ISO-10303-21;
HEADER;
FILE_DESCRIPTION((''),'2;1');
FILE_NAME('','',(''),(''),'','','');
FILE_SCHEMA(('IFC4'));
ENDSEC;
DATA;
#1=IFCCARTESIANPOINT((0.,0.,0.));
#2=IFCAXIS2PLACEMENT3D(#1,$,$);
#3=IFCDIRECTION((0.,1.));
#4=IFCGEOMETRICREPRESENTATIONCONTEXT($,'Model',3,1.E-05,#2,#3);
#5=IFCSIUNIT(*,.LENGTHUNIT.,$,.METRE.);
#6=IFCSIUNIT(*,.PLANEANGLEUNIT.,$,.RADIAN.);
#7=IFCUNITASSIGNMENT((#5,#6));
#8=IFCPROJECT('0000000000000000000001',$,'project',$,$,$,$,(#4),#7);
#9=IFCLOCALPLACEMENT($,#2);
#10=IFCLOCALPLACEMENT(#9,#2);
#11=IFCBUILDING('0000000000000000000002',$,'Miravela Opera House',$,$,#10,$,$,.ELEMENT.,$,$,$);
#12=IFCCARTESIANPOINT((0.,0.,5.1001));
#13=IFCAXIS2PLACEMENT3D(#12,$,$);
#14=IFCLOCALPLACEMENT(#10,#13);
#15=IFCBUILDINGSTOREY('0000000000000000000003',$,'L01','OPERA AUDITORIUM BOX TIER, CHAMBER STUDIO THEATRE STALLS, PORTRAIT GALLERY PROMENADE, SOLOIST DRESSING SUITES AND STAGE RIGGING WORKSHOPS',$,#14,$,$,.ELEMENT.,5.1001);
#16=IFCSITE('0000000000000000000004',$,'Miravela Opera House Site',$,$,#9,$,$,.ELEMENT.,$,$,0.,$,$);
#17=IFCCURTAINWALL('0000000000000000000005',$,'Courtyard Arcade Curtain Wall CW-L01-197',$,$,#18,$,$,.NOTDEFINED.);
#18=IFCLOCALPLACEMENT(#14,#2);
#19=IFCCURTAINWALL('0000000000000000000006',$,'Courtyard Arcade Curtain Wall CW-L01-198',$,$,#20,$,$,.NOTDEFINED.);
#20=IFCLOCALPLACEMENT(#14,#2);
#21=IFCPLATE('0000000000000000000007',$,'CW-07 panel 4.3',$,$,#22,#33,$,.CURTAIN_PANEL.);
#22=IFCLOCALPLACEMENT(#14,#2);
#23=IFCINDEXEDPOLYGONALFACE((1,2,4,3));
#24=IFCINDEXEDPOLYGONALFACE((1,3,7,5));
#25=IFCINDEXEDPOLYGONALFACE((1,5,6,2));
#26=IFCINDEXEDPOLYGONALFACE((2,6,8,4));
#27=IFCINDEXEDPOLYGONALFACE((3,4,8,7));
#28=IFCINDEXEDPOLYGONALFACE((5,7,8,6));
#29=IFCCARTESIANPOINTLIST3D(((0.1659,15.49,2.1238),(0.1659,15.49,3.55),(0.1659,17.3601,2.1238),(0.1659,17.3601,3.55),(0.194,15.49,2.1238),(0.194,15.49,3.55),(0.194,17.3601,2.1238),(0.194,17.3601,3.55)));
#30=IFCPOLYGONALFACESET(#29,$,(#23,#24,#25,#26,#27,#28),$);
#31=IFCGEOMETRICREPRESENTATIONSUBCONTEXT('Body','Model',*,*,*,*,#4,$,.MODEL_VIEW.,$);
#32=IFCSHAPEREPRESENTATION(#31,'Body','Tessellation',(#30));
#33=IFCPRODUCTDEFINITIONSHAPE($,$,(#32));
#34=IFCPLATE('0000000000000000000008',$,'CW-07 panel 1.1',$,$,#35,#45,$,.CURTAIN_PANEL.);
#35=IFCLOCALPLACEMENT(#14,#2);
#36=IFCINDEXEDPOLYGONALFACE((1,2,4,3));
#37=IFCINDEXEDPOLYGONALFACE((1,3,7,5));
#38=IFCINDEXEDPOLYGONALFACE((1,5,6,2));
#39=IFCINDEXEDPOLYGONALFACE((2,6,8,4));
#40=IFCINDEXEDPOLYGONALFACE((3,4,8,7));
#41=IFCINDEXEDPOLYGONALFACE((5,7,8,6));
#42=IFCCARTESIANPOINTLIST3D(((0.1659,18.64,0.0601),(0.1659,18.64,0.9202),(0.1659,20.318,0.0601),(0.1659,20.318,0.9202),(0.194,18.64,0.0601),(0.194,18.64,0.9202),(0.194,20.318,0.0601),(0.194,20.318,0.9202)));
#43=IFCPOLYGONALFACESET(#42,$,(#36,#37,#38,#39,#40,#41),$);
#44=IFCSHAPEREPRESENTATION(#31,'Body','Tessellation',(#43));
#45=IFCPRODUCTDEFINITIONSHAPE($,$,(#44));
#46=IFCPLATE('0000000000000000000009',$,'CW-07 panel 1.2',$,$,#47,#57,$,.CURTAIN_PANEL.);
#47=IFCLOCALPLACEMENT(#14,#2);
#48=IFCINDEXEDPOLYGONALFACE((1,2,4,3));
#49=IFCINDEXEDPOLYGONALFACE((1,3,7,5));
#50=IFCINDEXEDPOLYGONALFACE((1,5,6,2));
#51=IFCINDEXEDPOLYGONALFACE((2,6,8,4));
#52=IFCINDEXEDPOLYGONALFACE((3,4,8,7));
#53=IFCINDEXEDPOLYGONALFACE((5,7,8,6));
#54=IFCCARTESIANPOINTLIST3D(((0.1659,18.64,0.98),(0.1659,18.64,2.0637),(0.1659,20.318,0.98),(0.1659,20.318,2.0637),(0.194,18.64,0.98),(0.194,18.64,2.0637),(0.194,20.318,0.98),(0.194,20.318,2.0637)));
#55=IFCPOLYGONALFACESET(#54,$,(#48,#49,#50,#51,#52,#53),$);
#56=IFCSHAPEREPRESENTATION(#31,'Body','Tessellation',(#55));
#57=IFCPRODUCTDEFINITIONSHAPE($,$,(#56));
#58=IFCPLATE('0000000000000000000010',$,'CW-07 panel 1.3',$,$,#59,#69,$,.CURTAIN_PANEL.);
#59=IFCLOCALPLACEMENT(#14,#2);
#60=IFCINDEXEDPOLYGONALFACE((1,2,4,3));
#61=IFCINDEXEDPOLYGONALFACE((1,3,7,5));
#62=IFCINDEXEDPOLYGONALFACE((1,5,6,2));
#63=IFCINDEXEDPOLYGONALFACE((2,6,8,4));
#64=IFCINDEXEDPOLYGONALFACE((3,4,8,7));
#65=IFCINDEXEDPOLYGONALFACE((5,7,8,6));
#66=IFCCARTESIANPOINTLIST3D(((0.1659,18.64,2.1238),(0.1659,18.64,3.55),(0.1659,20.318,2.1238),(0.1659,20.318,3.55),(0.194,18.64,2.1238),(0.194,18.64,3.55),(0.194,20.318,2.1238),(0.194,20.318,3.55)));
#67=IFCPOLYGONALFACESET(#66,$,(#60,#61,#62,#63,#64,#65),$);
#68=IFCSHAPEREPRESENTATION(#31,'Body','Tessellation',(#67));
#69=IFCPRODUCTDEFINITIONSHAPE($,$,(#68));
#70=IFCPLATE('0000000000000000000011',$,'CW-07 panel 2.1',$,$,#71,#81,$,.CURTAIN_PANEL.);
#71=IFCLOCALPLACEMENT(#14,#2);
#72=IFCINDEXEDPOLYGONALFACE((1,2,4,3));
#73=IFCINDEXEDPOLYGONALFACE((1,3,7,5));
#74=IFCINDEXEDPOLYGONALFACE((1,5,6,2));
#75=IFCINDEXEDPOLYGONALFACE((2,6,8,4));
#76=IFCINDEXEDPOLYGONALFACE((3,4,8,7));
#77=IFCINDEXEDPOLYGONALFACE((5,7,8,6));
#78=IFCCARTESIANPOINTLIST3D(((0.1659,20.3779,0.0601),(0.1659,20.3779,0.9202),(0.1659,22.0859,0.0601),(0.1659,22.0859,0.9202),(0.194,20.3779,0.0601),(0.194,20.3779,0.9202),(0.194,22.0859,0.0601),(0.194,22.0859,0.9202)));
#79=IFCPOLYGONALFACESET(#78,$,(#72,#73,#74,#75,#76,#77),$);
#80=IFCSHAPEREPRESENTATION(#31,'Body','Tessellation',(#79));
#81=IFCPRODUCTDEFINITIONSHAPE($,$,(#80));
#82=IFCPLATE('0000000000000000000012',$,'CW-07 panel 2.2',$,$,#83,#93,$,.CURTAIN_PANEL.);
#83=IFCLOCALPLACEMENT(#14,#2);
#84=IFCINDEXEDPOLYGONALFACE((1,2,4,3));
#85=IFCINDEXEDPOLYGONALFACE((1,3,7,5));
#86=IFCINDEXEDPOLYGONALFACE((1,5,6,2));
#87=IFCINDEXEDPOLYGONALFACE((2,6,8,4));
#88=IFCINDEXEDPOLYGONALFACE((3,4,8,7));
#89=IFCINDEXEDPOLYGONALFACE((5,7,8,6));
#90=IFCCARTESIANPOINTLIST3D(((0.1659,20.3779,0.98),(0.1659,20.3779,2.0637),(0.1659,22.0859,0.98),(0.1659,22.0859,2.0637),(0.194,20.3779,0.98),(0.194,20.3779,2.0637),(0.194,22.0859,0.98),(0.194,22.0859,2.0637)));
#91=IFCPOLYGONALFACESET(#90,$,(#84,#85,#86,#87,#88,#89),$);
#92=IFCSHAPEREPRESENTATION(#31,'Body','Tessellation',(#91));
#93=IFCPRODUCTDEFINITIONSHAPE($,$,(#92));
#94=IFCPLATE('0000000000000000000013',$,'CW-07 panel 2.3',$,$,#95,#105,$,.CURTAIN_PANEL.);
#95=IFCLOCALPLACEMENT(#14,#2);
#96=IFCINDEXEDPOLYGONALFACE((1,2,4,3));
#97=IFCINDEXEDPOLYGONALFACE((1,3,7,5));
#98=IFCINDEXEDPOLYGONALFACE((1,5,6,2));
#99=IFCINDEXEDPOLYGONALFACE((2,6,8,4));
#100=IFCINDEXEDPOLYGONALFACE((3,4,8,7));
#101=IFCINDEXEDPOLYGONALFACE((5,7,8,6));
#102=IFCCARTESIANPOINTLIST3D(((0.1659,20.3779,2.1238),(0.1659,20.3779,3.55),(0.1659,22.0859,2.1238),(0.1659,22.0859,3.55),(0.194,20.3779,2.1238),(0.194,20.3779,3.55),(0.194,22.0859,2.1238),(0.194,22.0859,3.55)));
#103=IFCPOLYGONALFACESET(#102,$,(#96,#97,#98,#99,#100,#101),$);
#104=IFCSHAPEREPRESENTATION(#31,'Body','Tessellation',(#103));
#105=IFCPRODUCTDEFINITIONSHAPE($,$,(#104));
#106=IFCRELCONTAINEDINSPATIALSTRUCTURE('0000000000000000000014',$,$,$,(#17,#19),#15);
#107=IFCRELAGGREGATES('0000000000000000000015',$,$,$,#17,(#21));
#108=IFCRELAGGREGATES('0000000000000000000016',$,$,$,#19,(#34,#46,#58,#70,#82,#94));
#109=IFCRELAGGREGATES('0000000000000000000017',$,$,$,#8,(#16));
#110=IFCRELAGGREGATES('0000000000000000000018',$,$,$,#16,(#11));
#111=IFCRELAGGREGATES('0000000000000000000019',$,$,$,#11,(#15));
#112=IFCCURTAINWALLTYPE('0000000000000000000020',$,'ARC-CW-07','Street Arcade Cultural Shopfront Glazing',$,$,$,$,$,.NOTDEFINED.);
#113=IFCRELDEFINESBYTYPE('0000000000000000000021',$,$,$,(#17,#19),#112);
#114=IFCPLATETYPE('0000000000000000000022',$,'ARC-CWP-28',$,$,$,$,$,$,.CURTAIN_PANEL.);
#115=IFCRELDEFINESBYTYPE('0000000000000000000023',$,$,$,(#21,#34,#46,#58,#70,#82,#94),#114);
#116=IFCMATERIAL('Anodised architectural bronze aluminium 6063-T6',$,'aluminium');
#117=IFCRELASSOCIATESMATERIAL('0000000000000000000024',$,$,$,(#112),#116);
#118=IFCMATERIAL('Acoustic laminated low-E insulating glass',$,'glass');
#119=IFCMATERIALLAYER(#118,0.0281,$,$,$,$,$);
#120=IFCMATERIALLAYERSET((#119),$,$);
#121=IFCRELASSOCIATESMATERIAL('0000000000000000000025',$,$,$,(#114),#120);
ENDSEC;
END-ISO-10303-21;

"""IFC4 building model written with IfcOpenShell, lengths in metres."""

from ifc_helpers import new_model, si_unit, direction, frame, origin, origin_2d, place, context, subcontext, project, spatial, rectangle, extrude, material, layer, layer_set, type_object, element, aggregate, save


model = new_model("IFC4")

# Units and contexts
model_context = context("Model", 3, precision=1e-05, world=origin(), true_north=direction((0.0, 1.0)))
body_context = subcontext(model_context, "Body", "Model", "MODEL_VIEW")
ifc_project = project(units=[si_unit("LENGTHUNIT", "METRE"), si_unit("PLANEANGLEUNIT", "RADIAN")], contexts=[model_context])

# Site, building, storey
site_placement = place(None, origin())
site = spatial("IfcSite", under=ifc_project, at=site_placement, Name="Miravela Opera House Site", CompositionType="ELEMENT", RefElevation=0.0)
building_placement = place(site_placement, origin())
building = spatial("IfcBuilding", under=site, at=building_placement, Name="Miravela Opera House", CompositionType="ELEMENT")
storey_placement = place(building_placement, frame((0.0, 0.0, 5.1001)))
storey = spatial("IfcBuildingStorey", under=building, at=storey_placement, Name="L01", Description="OPERA AUDITORIUM BOX TIER, CHAMBER STUDIO THEATRE STALLS, PORTRAIT GALLERY PROMENADE, SOLOIST DRESSING SUITES AND STAGE RIGGING WORKSHOPS", CompositionType="ELEMENT", Elevation=5.1001)

# Curtain wall
ifc_material_1 = material(Name="Anodised architectural bronze aluminium 6063-T6", Category="aluminium")
curtain_wall_type = type_object("IfcCurtainWallType", Name="ARC-CW-07", Description="Street Arcade Cultural Shopfront Glazing", PredefinedType="NOTDEFINED", material=ifc_material_1)
curtain_wall_1_placement = place(storey_placement, origin())
curtain_wall_1 = element("IfcCurtainWall", 1, at=curtain_wall_1_placement, inside=storey, type_object=curtain_wall_type, Name="Courtyard Arcade Curtain Wall CW-L01-197", PredefinedType="NOTDEFINED")

# Curtain wall
curtain_wall_2_placement = place(storey_placement, origin())
curtain_wall_2 = element("IfcCurtainWall", 2, at=curtain_wall_2_placement, inside=storey, type_object=curtain_wall_type, Name="Courtyard Arcade Curtain Wall CW-L01-198", PredefinedType="NOTDEFINED")

# Plates
ifc_material_2 = material(Name="Acoustic laminated low-E insulating glass", Category="glass")
ifc_layer = layer(ifc_material_2, 0.0281)
ifc_layer_set = layer_set([ifc_layer])
plate_type = type_object("IfcPlateType", Name="ARC-CWP-28", PredefinedType="CURTAIN_PANEL", material=ifc_layer_set)
plate_1_placement = place(storey_placement, frame((0.1799, 16.425, 2.1238), z_axis=(0.0, 0.0, 1.0), x_axis=(0.0, 1.0, 0.0)))
plate_1 = element("IfcPlate", 3, at=plate_1_placement, type_object=plate_type, Name="CW-07 panel 4.3", PredefinedType="CURTAIN_PANEL", context=body_context, shape_type="SweptSolid", body=[
    extrude(rectangle(XDim=1.8701, YDim=0.0281, at=origin_2d()), origin(), (0.0, 0.0, 1.0), 1.4263),
])
aggregate(curtain_wall_1, [plate_1])
plate_2_placement = place(storey_placement, frame((0.1799, 19.479, 0.0601), z_axis=(0.0, 0.0, 1.0), x_axis=(0.0, 1.0, 0.0)))
plate_2 = element("IfcPlate", 4, at=plate_2_placement, type_object=plate_type, Name="CW-07 panel 1.1", PredefinedType="CURTAIN_PANEL", context=body_context, shape_type="SweptSolid", body=[
    extrude(rectangle(XDim=1.678, YDim=0.0281, at=origin_2d()), origin(), (0.0, 0.0, 1.0), 0.8601),
])
plate_3_placement = place(storey_placement, frame((0.1799, 19.479, 0.98), z_axis=(0.0, 0.0, 1.0), x_axis=(0.0, 1.0, 0.0)))
plate_3 = element("IfcPlate", 5, at=plate_3_placement, type_object=plate_type, Name="CW-07 panel 1.2", PredefinedType="CURTAIN_PANEL", context=body_context, shape_type="SweptSolid", body=[
    extrude(rectangle(XDim=1.678, YDim=0.0281, at=origin_2d()), origin(), (0.0, 0.0, 1.0), 1.0837),
])
plate_4_placement = place(storey_placement, frame((0.1799, 19.479, 2.1238), z_axis=(0.0, 0.0, 1.0), x_axis=(0.0, 1.0, 0.0)))
plate_4 = element("IfcPlate", 6, at=plate_4_placement, type_object=plate_type, Name="CW-07 panel 1.3", PredefinedType="CURTAIN_PANEL", context=body_context, shape_type="SweptSolid", body=[
    extrude(rectangle(XDim=1.678, YDim=0.0281, at=origin_2d()), origin(), (0.0, 0.0, 1.0), 1.4263),
])
plate_5_placement = place(storey_placement, frame((0.1799, 21.2319, 0.0601), z_axis=(0.0, 0.0, 1.0), x_axis=(0.0, 1.0, 0.0)))
plate_5 = element("IfcPlate", 7, at=plate_5_placement, type_object=plate_type, Name="CW-07 panel 2.1", PredefinedType="CURTAIN_PANEL", context=body_context, shape_type="SweptSolid", body=[
    extrude(rectangle(XDim=1.708, YDim=0.0281, at=origin_2d()), origin(), (0.0, 0.0, 1.0), 0.8601),
])
plate_6_placement = place(storey_placement, frame((0.1799, 21.2319, 0.98), z_axis=(0.0, 0.0, 1.0), x_axis=(0.0, 1.0, 0.0)))
plate_6 = element("IfcPlate", 8, at=plate_6_placement, type_object=plate_type, Name="CW-07 panel 2.2", PredefinedType="CURTAIN_PANEL", context=body_context, shape_type="SweptSolid", body=[
    extrude(rectangle(XDim=1.708, YDim=0.0281, at=origin_2d()), origin(), (0.0, 0.0, 1.0), 1.0837),
])
plate_7_placement = place(storey_placement, frame((0.1799, 21.2319, 2.1238), z_axis=(0.0, 0.0, 1.0), x_axis=(0.0, 1.0, 0.0)))
plate_7 = element("IfcPlate", 9, at=plate_7_placement, type_object=plate_type, Name="CW-07 panel 2.3", PredefinedType="CURTAIN_PANEL", context=body_context, shape_type="SweptSolid", body=[
    extrude(rectangle(XDim=1.708, YDim=0.0281, at=origin_2d()), origin(), (0.0, 0.0, 1.0), 1.4263),
])
aggregate(curtain_wall_2, [plate_2, plate_3, plate_4, plate_5, plate_6, plate_7])

save(model, "model.ifc")
